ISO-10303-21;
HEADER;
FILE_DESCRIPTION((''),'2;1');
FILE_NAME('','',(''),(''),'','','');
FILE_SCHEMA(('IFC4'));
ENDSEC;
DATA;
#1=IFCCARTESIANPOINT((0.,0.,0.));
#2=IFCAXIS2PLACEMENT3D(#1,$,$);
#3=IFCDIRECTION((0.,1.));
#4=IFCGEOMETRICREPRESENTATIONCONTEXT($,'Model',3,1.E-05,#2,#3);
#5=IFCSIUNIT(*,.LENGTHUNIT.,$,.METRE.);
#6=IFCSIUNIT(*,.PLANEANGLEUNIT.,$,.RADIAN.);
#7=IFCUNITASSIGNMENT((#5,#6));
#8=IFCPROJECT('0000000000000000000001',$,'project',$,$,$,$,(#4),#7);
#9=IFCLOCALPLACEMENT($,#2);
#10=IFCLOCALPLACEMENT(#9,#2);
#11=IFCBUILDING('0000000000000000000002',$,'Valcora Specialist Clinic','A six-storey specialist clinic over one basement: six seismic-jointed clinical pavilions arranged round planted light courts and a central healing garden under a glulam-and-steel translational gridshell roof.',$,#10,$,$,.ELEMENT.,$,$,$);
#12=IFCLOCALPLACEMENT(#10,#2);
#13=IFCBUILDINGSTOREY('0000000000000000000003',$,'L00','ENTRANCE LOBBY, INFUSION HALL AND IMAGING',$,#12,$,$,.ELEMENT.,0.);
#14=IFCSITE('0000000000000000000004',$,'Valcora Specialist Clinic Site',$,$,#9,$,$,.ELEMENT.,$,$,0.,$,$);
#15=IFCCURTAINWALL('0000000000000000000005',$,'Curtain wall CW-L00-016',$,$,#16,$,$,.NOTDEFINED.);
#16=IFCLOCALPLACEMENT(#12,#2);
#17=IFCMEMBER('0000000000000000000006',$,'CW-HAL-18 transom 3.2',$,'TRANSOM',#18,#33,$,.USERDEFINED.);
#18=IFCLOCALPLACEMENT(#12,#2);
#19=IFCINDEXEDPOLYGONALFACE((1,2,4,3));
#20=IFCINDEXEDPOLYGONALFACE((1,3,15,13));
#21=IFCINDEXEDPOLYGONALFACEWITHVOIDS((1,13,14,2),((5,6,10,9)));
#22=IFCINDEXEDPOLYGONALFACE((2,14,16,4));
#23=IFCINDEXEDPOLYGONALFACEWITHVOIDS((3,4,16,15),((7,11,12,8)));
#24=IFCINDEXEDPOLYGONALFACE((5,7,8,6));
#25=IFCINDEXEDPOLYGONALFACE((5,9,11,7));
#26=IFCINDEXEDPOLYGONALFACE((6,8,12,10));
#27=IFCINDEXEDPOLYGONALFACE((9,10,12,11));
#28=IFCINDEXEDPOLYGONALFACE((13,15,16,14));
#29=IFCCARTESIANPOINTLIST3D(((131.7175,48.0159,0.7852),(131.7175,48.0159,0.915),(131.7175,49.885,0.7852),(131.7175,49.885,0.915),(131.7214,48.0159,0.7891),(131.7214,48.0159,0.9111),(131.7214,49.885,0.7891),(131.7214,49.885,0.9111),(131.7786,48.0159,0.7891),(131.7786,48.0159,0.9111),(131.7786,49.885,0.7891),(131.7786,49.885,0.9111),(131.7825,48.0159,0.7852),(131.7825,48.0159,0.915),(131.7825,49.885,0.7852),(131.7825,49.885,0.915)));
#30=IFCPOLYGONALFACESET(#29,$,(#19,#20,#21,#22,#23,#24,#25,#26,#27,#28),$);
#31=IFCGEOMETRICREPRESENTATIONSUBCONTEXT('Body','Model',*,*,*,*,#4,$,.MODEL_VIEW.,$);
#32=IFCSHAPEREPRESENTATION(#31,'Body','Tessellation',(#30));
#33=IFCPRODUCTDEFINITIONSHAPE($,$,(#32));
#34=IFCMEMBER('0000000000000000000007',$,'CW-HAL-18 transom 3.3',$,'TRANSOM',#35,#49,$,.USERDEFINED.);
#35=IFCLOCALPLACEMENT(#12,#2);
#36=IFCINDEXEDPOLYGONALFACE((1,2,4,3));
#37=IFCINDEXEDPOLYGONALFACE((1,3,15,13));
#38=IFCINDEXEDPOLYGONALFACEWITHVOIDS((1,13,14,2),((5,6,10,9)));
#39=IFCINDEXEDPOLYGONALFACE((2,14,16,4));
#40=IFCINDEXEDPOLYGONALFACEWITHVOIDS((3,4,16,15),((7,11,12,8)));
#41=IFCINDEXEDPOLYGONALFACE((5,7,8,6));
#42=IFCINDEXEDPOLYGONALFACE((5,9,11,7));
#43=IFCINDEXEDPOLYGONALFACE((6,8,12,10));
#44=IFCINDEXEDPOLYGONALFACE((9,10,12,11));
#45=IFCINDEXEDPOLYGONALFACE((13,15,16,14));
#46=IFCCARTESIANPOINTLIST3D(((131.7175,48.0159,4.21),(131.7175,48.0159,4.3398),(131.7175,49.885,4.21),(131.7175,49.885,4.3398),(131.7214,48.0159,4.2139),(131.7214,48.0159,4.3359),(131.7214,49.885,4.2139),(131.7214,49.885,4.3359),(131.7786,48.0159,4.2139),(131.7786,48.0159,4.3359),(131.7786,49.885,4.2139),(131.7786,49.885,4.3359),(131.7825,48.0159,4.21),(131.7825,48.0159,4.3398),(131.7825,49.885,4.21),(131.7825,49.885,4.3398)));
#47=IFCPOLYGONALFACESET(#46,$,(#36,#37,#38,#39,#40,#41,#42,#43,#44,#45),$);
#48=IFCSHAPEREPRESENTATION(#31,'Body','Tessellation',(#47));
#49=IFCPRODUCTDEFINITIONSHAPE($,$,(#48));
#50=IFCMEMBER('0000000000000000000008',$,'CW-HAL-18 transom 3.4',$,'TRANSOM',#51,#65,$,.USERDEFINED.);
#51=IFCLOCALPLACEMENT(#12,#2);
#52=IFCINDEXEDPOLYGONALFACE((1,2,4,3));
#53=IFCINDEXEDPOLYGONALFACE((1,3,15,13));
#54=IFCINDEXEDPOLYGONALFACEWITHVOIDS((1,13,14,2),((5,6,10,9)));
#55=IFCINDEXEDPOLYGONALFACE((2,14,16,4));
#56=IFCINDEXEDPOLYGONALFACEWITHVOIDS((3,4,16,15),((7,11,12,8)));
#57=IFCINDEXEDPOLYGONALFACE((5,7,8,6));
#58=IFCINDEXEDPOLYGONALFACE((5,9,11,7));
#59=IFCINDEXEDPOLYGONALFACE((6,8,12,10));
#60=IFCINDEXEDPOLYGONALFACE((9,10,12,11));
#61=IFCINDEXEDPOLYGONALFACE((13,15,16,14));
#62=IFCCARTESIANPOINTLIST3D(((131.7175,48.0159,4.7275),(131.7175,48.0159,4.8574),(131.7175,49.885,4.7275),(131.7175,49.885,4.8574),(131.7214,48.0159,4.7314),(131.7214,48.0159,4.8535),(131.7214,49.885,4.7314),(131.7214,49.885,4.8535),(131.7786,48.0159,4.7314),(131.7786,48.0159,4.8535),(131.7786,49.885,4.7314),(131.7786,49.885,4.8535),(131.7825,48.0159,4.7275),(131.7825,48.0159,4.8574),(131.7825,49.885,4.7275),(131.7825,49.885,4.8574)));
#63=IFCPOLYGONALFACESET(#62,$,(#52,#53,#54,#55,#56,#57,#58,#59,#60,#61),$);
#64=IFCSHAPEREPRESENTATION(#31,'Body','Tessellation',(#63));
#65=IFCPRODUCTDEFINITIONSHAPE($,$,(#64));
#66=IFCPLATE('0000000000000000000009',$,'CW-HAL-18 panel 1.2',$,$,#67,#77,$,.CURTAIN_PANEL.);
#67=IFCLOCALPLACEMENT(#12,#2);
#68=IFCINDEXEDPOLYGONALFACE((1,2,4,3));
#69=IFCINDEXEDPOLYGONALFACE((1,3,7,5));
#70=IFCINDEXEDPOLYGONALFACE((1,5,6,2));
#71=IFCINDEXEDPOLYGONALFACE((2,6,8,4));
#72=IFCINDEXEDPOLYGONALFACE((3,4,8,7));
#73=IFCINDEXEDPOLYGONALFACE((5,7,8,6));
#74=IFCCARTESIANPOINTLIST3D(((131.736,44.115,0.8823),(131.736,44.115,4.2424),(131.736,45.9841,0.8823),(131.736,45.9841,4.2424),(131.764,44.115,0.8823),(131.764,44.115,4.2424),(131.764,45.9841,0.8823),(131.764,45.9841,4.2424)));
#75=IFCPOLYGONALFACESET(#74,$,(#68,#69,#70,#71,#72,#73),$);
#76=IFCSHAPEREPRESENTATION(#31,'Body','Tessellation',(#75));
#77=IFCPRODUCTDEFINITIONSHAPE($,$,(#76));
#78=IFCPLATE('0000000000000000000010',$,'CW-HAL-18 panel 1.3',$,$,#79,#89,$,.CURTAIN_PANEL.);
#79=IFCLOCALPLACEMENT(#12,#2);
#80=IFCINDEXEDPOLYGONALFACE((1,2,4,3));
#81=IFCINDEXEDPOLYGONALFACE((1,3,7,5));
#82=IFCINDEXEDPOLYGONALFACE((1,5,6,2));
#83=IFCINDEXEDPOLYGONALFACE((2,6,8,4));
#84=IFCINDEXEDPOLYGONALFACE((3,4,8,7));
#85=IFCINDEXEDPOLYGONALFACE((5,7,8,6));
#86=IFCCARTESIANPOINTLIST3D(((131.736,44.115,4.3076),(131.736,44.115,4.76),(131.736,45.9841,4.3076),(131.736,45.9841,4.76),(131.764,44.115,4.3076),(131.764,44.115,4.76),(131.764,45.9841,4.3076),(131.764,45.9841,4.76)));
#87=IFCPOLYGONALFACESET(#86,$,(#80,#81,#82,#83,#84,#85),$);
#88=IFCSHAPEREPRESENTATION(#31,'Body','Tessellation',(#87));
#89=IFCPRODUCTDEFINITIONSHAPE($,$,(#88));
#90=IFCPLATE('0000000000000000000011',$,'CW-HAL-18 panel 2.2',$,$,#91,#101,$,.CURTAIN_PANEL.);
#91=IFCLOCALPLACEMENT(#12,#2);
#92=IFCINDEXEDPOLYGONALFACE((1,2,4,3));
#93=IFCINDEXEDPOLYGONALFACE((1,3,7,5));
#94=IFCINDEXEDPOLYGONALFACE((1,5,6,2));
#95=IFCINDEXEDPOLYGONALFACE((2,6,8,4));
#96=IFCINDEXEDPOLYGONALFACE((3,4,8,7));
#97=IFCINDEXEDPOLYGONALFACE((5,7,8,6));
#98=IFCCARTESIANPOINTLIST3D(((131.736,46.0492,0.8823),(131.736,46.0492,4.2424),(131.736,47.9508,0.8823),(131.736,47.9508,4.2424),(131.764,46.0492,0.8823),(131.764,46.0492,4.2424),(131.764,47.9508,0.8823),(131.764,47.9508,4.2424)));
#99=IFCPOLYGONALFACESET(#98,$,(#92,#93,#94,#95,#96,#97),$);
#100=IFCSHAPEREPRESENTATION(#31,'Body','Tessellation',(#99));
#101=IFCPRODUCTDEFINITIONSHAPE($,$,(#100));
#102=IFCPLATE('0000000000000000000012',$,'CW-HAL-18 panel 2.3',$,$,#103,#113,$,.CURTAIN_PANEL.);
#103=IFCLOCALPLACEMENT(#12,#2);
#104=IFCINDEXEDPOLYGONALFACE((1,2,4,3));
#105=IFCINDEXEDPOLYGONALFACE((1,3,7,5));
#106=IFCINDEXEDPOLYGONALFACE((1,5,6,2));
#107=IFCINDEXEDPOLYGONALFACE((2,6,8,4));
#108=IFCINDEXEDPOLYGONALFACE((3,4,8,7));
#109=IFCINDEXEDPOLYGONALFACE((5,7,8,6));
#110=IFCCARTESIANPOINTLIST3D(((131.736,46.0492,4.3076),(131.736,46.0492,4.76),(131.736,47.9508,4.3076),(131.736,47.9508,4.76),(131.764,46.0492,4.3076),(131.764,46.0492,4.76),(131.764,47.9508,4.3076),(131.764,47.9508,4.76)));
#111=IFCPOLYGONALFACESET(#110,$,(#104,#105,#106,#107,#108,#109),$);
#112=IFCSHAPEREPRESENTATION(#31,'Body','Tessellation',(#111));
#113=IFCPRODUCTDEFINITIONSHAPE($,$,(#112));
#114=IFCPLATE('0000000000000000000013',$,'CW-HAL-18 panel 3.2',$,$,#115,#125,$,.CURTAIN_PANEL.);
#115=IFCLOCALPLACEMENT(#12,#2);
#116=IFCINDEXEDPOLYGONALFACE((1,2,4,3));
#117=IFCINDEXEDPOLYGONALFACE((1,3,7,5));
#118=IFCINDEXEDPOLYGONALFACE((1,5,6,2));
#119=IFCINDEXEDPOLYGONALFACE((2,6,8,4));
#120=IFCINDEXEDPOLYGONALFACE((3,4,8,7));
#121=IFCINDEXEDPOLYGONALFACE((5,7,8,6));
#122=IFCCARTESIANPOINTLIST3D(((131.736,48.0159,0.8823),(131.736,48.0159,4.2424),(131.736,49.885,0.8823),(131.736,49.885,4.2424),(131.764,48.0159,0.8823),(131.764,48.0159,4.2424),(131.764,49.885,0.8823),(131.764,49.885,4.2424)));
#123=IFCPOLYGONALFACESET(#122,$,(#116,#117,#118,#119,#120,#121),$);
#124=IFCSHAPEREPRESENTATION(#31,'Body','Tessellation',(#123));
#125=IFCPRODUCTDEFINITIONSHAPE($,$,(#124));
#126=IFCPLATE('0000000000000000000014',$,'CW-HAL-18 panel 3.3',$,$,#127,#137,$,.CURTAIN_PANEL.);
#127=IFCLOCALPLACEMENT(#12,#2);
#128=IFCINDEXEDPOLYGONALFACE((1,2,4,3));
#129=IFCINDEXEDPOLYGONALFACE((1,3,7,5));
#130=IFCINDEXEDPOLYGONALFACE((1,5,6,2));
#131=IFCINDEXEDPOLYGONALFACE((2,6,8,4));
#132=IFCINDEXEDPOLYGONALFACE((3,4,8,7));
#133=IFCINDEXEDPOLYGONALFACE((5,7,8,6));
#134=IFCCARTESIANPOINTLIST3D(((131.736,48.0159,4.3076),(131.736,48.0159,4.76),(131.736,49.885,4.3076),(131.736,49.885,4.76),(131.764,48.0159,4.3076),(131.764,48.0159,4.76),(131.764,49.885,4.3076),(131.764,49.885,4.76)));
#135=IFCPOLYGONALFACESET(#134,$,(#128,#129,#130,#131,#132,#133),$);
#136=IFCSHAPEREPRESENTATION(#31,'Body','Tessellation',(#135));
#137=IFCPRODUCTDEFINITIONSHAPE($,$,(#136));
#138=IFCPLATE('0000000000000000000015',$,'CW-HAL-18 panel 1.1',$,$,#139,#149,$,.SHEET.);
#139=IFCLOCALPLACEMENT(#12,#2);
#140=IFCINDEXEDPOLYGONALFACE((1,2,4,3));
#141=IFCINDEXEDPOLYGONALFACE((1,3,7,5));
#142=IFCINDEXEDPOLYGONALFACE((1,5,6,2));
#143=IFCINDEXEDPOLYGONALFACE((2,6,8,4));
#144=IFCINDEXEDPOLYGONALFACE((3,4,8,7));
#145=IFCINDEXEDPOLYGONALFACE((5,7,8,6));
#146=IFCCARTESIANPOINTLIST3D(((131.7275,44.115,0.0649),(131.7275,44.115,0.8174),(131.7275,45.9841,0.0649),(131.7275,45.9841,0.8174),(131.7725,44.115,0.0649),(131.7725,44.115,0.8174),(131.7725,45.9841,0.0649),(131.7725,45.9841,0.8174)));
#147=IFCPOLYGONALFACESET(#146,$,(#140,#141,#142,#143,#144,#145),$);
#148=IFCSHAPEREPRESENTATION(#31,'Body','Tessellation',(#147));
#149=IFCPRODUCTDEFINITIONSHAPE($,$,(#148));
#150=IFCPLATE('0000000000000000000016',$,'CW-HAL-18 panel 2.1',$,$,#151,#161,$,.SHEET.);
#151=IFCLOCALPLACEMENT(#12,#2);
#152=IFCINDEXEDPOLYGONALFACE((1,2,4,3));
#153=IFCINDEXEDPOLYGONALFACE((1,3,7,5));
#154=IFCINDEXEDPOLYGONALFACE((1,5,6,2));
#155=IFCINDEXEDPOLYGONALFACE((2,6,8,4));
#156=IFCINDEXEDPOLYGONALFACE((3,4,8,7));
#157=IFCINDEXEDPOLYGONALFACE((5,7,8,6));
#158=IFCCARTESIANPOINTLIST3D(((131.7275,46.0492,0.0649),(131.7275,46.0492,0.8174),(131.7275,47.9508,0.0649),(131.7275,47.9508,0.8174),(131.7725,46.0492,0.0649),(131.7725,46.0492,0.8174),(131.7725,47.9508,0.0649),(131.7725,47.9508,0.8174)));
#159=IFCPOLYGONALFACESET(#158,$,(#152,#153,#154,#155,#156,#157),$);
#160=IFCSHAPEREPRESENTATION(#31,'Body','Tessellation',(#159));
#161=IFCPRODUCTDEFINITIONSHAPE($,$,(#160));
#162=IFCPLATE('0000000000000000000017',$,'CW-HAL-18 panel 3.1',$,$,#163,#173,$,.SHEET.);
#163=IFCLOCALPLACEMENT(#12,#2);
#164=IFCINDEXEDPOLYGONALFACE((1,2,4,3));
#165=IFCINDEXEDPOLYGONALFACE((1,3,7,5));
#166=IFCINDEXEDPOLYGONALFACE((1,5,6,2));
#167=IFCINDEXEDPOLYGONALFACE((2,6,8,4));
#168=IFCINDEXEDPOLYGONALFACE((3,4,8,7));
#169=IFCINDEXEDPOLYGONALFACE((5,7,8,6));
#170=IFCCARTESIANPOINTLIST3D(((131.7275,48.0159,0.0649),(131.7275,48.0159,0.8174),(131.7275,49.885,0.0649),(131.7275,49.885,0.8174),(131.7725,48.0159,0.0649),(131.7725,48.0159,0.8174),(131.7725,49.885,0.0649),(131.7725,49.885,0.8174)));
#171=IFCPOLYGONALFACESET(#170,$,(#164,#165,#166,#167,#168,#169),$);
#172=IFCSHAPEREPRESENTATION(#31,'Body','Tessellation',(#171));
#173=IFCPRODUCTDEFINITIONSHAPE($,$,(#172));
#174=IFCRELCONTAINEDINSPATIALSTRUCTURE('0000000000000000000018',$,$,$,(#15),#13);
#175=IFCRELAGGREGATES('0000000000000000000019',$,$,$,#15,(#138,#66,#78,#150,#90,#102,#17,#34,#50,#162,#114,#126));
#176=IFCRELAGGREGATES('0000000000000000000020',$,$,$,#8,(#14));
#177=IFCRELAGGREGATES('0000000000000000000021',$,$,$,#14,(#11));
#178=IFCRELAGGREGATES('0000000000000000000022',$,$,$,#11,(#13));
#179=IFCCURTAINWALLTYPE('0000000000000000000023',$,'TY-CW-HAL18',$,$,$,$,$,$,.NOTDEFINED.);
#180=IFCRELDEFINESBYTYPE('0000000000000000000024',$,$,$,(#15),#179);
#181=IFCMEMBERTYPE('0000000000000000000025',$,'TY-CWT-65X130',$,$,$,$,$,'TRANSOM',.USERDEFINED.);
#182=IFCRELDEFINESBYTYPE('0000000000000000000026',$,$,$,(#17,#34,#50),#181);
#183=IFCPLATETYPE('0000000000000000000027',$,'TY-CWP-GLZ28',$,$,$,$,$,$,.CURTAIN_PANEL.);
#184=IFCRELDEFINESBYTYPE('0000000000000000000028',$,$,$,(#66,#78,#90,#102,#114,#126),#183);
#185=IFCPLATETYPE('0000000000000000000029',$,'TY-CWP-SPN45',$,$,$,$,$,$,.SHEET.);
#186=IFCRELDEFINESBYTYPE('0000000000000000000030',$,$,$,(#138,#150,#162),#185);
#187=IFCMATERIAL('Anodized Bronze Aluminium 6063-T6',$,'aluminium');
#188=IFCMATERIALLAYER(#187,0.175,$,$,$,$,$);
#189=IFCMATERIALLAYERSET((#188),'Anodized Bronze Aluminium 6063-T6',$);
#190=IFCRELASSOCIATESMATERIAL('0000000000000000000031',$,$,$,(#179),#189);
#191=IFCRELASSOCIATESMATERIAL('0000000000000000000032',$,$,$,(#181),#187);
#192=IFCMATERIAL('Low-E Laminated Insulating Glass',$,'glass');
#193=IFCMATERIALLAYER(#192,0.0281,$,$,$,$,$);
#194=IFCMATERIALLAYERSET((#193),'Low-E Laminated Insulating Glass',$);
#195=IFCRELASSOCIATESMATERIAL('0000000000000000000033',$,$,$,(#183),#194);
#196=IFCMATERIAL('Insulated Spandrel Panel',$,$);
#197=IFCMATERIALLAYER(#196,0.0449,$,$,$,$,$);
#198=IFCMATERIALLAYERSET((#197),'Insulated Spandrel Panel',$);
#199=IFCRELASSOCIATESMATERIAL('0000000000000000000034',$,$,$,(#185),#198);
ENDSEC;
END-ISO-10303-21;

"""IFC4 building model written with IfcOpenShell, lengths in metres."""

from ifc_helpers import new_model, si_unit, direction, frame, origin, origin_2d, place, context, subcontext, project, spatial, rectangle, hollow_rectangle, extrude, material, layer, layer_set, material_profile, profile_set, type_object, element, aggregate, save


model = new_model("IFC4")

# Units and contexts
model_context = context("Model", 3, precision=1e-05, world=origin(), true_north=direction((0.0, 1.0)))
body_context = subcontext(model_context, "Body", "Model", "MODEL_VIEW")
ifc_project = project(units=[si_unit("LENGTHUNIT", "METRE"), si_unit("PLANEANGLEUNIT", "RADIAN")], contexts=[model_context])

# Site, building, storey
site_placement = place(None, origin())
site = spatial("IfcSite", under=ifc_project, at=site_placement, Name="Valcora Specialist Clinic Site", CompositionType="ELEMENT", RefElevation=0.0)
building_placement = place(site_placement, origin())
building = spatial("IfcBuilding", under=site, at=building_placement, Name="Valcora Specialist Clinic", Description="A six-storey specialist clinic over one basement: six seismic-jointed clinical pavilions arranged round planted light courts and a central healing garden under a glulam-and-steel translational gridshell roof.", CompositionType="ELEMENT")
storey_placement = place(building_placement, origin())
storey = spatial("IfcBuildingStorey", under=building, at=storey_placement, Name="L00", Description="ENTRANCE LOBBY, INFUSION HALL AND IMAGING", CompositionType="ELEMENT", Elevation=0.0)

# Curtain wall, members, plates
ifc_material_1 = material(Name="Anodized Bronze Aluminium 6063-T6", Category="aluminium")
ifc_layer_1 = layer(ifc_material_1, 0.175)
ifc_layer_set_1 = layer_set([ifc_layer_1], Name="Anodized Bronze Aluminium 6063-T6")
curtain_wall_type = type_object("IfcCurtainWallType", Name="TY-CW-HAL18", PredefinedType="NOTDEFINED", material=ifc_layer_set_1)
curtain_wall_placement = place(storey_placement, origin())
curtain_wall = element("IfcCurtainWall", 1, at=curtain_wall_placement, inside=storey, type_object=curtain_wall_type, Name="Curtain wall CW-L00-016", PredefinedType="NOTDEFINED")
ifc_material_profile_1 = material_profile(ifc_material_1, hollow_rectangle(XDim=0.0649, YDim=0.1299, WallThickness=0.0039, at=origin_2d()), Name="AL-TRN-65X130")
ifc_profile_set_1 = profile_set([ifc_material_profile_1], Name="Anodized Bronze Aluminium 6063-T6")
member_type_1 = type_object("IfcMemberType", Name="TY-CWT-65X130", ElementType="TRANSOM", PredefinedType="USERDEFINED", material=ifc_profile_set_1)
member_1_placement = place(storey_placement, frame((131.75, 48.0159, 0.8501), z_axis=(0.0, 1.0, 0.0), x_axis=(-1.0, 0.0, 0.0)))
member_1 = element("IfcMember", 2, at=member_1_placement, type_object=member_type_1, Name="CW-HAL-18 transom 3.2", ObjectType="TRANSOM", PredefinedType="USERDEFINED", context=body_context, shape_type="SweptSolid", body=[
    extrude(hollow_rectangle(XDim=0.0649, YDim=0.1299, WallThickness=0.0039, at=origin_2d()), origin(), (0.0, 0.0, 1.0), 1.8691),
])
member_2_placement = place(storey_placement, frame((131.75, 48.0159, 4.2749), z_axis=(0.0, 1.0, 0.0), x_axis=(-1.0, 0.0, 0.0)))
member_2 = element("IfcMember", 3, at=member_2_placement, type_object=member_type_1, Name="CW-HAL-18 transom 3.3", ObjectType="TRANSOM", PredefinedType="USERDEFINED", context=body_context, shape_type="SweptSolid", body=[
    extrude(hollow_rectangle(XDim=0.0649, YDim=0.1299, WallThickness=0.0039, at=origin_2d()), origin(), (0.0, 0.0, 1.0), 1.8691),
])
member_3_placement = place(storey_placement, frame((131.75, 48.0159, 4.7925), z_axis=(0.0, 1.0, 0.0), x_axis=(-1.0, 0.0, 0.0)))
member_3 = element("IfcMember", 4, at=member_3_placement, type_object=member_type_1, Name="CW-HAL-18 transom 3.4", ObjectType="TRANSOM", PredefinedType="USERDEFINED", context=body_context, shape_type="SweptSolid", body=[
    extrude(hollow_rectangle(XDim=0.0649, YDim=0.1299, WallThickness=0.0039, at=origin_2d()), origin(), (0.0, 0.0, 1.0), 1.8691),
])
ifc_material_2 = material(Name="Low-E Laminated Insulating Glass", Category="glass")
ifc_layer_2 = layer(ifc_material_2, 0.0281)
ifc_layer_set_2 = layer_set([ifc_layer_2], Name="Low-E Laminated Insulating Glass")
plate_type_1 = type_object("IfcPlateType", Name="TY-CWP-GLZ28", PredefinedType="CURTAIN_PANEL", material=ifc_layer_set_2)
plate_1_placement = place(storey_placement, frame((131.75, 45.0496, 0.8823), z_axis=(0.0, 0.0, 1.0), x_axis=(0.0, 1.0, 0.0)))
plate_1 = element("IfcPlate", 5, at=plate_1_placement, type_object=plate_type_1, Name="CW-HAL-18 panel 1.2", PredefinedType="CURTAIN_PANEL", context=body_context, shape_type="SweptSolid", body=[
    extrude(rectangle(XDim=1.8691, YDim=0.0281, at=origin_2d()), origin(), (0.0, 0.0, 1.0), 3.3601),
])
plate_2_placement = place(storey_placement, frame((131.75, 45.0496, 4.3076), z_axis=(0.0, 0.0, 1.0), x_axis=(0.0, 1.0, 0.0)))
plate_2 = element("IfcPlate", 6, at=plate_2_placement, type_object=plate_type_1, Name="CW-HAL-18 panel 1.3", PredefinedType="CURTAIN_PANEL", context=body_context, shape_type="SweptSolid", body=[
    extrude(rectangle(XDim=1.8691, YDim=0.0281, at=origin_2d()), origin(), (0.0, 0.0, 1.0), 0.4524),
])
plate_3_placement = place(storey_placement, frame((131.75, 47.0, 0.8823), z_axis=(0.0, 0.0, 1.0), x_axis=(0.0, 1.0, 0.0)))
plate_3 = element("IfcPlate", 7, at=plate_3_placement, type_object=plate_type_1, Name="CW-HAL-18 panel 2.2", PredefinedType="CURTAIN_PANEL", context=body_context, shape_type="SweptSolid", body=[
    extrude(rectangle(XDim=1.9016, YDim=0.0281, at=origin_2d()), origin(), (0.0, 0.0, 1.0), 3.3601),
])
plate_4_placement = place(storey_placement, frame((131.75, 47.0, 4.3076), z_axis=(0.0, 0.0, 1.0), x_axis=(0.0, 1.0, 0.0)))
plate_4 = element("IfcPlate", 8, at=plate_4_placement, type_object=plate_type_1, Name="CW-HAL-18 panel 2.3", PredefinedType="CURTAIN_PANEL", context=body_context, shape_type="SweptSolid", body=[
    extrude(rectangle(XDim=1.9016, YDim=0.0281, at=origin_2d()), origin(), (0.0, 0.0, 1.0), 0.4524),
])
plate_5_placement = place(storey_placement, frame((131.75, 48.9504, 0.8823), z_axis=(0.0, 0.0, 1.0), x_axis=(0.0, 1.0, 0.0)))
plate_5 = element("IfcPlate", 9, at=plate_5_placement, type_object=plate_type_1, Name="CW-HAL-18 panel 3.2", PredefinedType="CURTAIN_PANEL", context=body_context, shape_type="SweptSolid", body=[
    extrude(rectangle(XDim=1.8691, YDim=0.0281, at=origin_2d()), origin(), (0.0, 0.0, 1.0), 3.3601),
])
plate_6_placement = place(storey_placement, frame((131.75, 48.9504, 4.3076), z_axis=(0.0, 0.0, 1.0), x_axis=(0.0, 1.0, 0.0)))
plate_6 = element("IfcPlate", 10, at=plate_6_placement, type_object=plate_type_1, Name="CW-HAL-18 panel 3.3", PredefinedType="CURTAIN_PANEL", context=body_context, shape_type="SweptSolid", body=[
    extrude(rectangle(XDim=1.8691, YDim=0.0281, at=origin_2d()), origin(), (0.0, 0.0, 1.0), 0.4524),
])
ifc_material_3 = material(Name="Insulated Spandrel Panel")
ifc_layer_3 = layer(ifc_material_3, 0.0449)
ifc_layer_set_3 = layer_set([ifc_layer_3], Name="Insulated Spandrel Panel")
plate_type_2 = type_object("IfcPlateType", Name="TY-CWP-SPN45", PredefinedType="SHEET", material=ifc_layer_set_3)
plate_7_placement = place(storey_placement, frame((131.75, 45.0496, 0.0649), z_axis=(0.0, 0.0, 1.0), x_axis=(0.0, 1.0, 0.0)))
plate_7 = element("IfcPlate", 11, at=plate_7_placement, type_object=plate_type_2, Name="CW-HAL-18 panel 1.1", PredefinedType="SHEET", context=body_context, shape_type="SweptSolid", body=[
    extrude(rectangle(XDim=1.8691, YDim=0.0449, at=origin_2d()), origin(), (0.0, 0.0, 1.0), 0.7524),
])
plate_8_placement = place(storey_placement, frame((131.75, 47.0, 0.0649), z_axis=(0.0, 0.0, 1.0), x_axis=(0.0, 1.0, 0.0)))
plate_8 = element("IfcPlate", 12, at=plate_8_placement, type_object=plate_type_2, Name="CW-HAL-18 panel 2.1", PredefinedType="SHEET", context=body_context, shape_type="SweptSolid", body=[
    extrude(rectangle(XDim=1.9016, YDim=0.0449, at=origin_2d()), origin(), (0.0, 0.0, 1.0), 0.7524),
])
plate_9_placement = place(storey_placement, frame((131.75, 48.9504, 0.0649), z_axis=(0.0, 0.0, 1.0), x_axis=(0.0, 1.0, 0.0)))
plate_9 = element("IfcPlate", 13, at=plate_9_placement, type_object=plate_type_2, Name="CW-HAL-18 panel 3.1", PredefinedType="SHEET", context=body_context, shape_type="SweptSolid", body=[
    extrude(rectangle(XDim=1.8691, YDim=0.0449, at=origin_2d()), origin(), (0.0, 0.0, 1.0), 0.7524),
])
aggregate(curtain_wall, [plate_7, plate_1, plate_2, plate_8, plate_3, plate_4, member_1, member_2, member_3, plate_9, plate_5, plate_6])

save(model, "model.ifc")
